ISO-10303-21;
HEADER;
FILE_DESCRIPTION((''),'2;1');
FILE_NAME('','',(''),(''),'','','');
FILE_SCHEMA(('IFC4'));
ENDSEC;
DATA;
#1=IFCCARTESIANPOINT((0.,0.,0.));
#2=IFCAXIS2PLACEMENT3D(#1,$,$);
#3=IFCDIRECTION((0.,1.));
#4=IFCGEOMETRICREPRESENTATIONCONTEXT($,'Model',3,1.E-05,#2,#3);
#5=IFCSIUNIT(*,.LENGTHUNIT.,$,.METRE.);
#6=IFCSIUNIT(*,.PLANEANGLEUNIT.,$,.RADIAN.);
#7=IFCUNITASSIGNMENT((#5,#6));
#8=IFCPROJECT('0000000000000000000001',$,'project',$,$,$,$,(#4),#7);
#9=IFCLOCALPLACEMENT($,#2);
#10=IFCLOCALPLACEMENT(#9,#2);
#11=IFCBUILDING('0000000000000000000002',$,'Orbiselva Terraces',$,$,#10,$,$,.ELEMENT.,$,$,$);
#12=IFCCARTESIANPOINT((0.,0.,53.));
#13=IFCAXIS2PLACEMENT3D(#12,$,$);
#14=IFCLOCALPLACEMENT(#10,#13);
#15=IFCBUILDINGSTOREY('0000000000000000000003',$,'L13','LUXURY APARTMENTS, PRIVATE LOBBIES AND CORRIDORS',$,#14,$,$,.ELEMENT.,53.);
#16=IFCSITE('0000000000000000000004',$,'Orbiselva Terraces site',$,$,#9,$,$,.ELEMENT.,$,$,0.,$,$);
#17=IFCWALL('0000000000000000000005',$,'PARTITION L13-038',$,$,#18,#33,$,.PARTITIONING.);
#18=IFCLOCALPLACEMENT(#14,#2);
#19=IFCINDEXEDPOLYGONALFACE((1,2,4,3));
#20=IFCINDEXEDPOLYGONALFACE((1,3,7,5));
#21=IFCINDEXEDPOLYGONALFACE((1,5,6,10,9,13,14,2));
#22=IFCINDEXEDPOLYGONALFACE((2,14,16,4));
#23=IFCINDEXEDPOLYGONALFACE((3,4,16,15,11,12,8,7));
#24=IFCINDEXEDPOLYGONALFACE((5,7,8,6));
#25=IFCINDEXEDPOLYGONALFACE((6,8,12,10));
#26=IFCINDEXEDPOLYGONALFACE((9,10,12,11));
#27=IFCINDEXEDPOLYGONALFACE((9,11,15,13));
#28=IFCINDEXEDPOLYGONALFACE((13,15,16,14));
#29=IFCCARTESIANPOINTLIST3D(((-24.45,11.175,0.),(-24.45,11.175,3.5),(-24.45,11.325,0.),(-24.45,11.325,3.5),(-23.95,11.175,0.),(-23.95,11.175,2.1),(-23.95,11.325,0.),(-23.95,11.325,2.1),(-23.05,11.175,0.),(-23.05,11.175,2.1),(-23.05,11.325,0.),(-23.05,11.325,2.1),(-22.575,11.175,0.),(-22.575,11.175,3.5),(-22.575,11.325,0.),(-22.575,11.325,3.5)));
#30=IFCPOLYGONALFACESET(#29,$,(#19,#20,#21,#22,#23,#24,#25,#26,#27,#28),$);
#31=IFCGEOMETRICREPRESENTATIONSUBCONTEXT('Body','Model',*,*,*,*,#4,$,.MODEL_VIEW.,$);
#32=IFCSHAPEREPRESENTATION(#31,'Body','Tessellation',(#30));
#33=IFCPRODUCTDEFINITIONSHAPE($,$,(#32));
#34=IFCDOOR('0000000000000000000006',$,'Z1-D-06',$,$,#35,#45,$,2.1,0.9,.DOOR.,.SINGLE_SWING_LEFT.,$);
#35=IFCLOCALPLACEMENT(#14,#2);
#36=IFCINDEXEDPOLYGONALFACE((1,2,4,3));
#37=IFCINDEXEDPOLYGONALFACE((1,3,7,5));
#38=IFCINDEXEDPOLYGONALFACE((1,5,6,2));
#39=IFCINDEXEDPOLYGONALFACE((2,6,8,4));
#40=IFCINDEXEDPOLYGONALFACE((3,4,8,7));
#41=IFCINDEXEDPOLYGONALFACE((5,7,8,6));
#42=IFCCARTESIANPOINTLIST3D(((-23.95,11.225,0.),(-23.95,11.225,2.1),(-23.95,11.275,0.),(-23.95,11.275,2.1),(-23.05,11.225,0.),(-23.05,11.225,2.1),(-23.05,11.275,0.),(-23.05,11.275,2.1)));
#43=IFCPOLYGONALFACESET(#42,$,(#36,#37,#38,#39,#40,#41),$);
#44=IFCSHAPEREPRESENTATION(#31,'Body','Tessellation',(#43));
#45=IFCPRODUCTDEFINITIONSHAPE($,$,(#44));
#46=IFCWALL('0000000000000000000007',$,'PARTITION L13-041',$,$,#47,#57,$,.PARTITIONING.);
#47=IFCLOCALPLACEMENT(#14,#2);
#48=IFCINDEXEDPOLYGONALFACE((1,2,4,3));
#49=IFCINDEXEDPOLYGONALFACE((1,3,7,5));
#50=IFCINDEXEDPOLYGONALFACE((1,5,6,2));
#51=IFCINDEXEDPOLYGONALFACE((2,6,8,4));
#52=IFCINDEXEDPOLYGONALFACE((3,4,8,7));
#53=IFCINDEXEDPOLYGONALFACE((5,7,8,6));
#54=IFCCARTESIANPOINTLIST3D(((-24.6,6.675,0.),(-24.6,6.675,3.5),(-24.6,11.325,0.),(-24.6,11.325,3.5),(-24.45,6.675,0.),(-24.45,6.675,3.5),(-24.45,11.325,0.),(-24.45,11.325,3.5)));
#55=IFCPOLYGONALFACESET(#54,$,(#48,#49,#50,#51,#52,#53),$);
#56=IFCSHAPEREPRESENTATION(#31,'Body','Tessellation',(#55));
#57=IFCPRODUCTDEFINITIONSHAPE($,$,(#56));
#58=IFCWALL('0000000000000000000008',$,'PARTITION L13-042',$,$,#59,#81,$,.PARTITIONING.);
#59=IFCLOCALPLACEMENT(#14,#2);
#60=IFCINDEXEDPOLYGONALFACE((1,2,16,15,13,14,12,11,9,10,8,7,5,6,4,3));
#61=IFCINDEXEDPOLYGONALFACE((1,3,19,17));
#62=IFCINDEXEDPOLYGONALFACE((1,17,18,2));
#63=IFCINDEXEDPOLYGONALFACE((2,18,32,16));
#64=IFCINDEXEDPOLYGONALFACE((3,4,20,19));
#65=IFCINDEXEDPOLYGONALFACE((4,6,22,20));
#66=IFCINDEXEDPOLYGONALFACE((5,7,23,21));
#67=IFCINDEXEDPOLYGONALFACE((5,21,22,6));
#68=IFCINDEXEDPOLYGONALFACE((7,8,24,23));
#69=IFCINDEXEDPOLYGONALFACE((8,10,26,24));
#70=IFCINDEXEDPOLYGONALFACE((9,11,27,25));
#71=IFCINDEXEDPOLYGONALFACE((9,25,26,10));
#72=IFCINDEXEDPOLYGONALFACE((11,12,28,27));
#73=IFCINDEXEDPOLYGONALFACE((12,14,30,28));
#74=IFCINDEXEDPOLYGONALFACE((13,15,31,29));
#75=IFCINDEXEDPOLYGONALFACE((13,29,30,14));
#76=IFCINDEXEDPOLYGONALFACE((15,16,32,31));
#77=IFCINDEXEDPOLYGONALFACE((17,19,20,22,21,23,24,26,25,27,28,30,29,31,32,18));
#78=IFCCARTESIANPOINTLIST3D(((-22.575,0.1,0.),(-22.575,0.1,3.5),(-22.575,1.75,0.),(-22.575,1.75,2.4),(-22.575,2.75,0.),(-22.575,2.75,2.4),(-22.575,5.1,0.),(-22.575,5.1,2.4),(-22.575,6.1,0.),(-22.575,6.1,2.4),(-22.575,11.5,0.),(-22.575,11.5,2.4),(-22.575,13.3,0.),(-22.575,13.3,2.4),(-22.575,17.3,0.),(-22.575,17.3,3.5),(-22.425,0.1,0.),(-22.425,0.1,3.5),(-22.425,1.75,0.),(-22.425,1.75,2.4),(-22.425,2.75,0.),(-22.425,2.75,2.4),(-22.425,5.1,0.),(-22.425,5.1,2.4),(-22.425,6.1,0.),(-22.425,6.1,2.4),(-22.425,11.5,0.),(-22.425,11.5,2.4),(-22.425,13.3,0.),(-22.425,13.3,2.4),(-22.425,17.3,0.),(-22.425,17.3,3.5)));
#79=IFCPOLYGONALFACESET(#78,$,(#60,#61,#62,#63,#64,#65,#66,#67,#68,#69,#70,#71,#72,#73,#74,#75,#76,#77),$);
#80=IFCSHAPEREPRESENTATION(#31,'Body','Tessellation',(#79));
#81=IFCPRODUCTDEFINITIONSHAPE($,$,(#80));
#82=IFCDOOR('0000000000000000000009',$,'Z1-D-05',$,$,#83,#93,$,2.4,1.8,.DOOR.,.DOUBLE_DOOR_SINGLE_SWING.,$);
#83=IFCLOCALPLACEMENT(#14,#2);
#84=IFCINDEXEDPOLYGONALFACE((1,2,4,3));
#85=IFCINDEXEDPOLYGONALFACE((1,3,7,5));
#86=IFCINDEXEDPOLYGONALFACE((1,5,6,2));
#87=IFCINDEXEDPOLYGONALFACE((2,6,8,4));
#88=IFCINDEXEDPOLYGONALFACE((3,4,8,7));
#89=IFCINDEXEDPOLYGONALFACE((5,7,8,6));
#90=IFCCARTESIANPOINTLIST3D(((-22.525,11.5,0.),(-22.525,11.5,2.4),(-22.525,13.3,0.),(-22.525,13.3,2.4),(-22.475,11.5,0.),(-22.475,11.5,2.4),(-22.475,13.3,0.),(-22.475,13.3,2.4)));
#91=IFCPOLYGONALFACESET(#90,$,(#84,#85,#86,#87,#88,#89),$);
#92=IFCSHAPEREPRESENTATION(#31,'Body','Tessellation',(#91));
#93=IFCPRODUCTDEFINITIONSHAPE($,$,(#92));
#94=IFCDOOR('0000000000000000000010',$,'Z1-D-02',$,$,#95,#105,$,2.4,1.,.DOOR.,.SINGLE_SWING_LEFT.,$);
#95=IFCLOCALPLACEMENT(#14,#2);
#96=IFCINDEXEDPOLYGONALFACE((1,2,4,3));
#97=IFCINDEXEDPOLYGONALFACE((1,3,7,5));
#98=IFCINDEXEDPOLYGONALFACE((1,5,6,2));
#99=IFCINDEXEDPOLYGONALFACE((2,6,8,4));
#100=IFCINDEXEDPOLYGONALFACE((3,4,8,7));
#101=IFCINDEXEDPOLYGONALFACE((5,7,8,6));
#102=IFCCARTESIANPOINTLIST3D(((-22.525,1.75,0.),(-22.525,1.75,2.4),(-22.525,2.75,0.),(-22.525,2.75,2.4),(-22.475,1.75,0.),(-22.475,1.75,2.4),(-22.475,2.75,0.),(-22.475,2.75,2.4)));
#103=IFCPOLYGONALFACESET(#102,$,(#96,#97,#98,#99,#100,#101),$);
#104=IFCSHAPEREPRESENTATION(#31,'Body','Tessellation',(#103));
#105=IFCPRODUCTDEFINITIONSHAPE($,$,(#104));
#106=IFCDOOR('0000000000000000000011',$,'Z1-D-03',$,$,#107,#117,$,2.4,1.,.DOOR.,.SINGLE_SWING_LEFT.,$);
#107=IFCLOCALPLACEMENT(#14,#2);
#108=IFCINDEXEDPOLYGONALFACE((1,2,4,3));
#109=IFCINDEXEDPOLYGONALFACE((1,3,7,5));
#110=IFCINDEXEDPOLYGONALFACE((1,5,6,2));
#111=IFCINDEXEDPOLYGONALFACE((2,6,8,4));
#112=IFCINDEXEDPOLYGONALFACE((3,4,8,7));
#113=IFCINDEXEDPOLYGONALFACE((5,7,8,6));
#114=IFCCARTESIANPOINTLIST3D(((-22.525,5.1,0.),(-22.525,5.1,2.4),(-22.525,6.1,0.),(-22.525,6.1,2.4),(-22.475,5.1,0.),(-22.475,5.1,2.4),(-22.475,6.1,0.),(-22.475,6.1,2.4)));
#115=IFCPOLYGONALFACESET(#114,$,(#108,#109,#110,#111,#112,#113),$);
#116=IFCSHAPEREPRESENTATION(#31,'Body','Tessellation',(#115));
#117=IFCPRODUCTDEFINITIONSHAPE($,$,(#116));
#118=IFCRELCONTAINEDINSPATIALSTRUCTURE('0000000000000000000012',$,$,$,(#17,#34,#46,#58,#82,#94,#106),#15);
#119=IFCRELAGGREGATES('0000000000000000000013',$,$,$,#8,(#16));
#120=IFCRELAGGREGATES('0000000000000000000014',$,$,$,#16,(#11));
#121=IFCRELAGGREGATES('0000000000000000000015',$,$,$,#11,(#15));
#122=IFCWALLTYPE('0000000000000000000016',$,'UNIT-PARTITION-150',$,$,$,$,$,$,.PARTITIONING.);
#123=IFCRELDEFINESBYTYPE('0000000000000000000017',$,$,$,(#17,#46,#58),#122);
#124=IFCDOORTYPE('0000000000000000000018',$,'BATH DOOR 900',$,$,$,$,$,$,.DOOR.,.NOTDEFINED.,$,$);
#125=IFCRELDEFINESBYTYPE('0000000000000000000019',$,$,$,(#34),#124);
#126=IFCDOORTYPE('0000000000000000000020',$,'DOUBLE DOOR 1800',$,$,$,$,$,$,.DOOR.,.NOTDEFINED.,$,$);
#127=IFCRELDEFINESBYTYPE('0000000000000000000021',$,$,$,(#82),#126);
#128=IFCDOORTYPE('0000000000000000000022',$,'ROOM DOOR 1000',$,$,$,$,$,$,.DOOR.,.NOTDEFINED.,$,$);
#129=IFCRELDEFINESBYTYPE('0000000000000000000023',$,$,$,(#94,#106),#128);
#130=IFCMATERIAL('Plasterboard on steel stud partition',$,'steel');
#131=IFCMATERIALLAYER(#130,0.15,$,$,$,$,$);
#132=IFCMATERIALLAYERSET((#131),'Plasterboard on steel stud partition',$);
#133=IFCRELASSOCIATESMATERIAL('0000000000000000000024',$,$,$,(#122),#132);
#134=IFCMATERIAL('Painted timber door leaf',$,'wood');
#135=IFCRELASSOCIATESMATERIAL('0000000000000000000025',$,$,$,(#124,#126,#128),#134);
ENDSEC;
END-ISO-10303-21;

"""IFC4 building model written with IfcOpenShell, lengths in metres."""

from ifc_helpers import new_model, si_unit, direction, frame, frame_2d, origin, place, context, subcontext, project, spatial, rectangle, extrude, material, layer, layer_set, type_object, element, fill, save


model = new_model("IFC4")

# Units and contexts
model_context = context("Model", 3, precision=1e-05, world=origin(), true_north=direction((0.0, 1.0)))
body_context = subcontext(model_context, "Body", "Model", "MODEL_VIEW")
ifc_project = project(units=[si_unit("LENGTHUNIT", "METRE"), si_unit("PLANEANGLEUNIT", "RADIAN")], contexts=[model_context])

# Site, building, storey
site_placement = place(None, origin())
site = spatial("IfcSite", under=ifc_project, at=site_placement, Name="Orbiselva Terraces site", CompositionType="ELEMENT", RefElevation=0.0)
building_placement = place(site_placement, origin())
building = spatial("IfcBuilding", under=site, at=building_placement, Name="Orbiselva Terraces", CompositionType="ELEMENT")
storey_placement = place(building_placement, frame((0.0, 0.0, 53.0)))
storey = spatial("IfcBuildingStorey", under=building, at=storey_placement, Name="L13", Description="LUXURY APARTMENTS, PRIVATE LOBBIES AND CORRIDORS", CompositionType="ELEMENT", Elevation=53.0)

# Shared definitions
ifc_material_1 = material(Name="Plasterboard on steel stud partition", Category="steel")
ifc_layer_1 = layer(ifc_material_1, 0.15)
ifc_layer_set_1 = layer_set([ifc_layer_1], Name="Plasterboard on steel stud partition")
wall_type_1 = type_object("IfcWallType", Name="UNIT-PARTITION-150", PredefinedType="PARTITIONING", material=ifc_layer_set_1)

# Shared definitions
ifc_material_2 = material(Name="Painted timber door leaf", Category="wood")
door_type_1 = type_object("IfcDoorType", Name="BATH DOOR 900", OperationType="NOTDEFINED", PredefinedType="DOOR", material=ifc_material_2)

# Wall, opening, door
wall_1_placement = place(storey_placement, frame((-22.575, 11.25, 0.0), z_axis=(0.0, 0.0, 1.0), x_axis=(-1.0, 0.0, 0.0)))
wall_1 = element("IfcWall", 1, at=wall_1_placement, inside=storey, type_object=wall_type_1, Name="PARTITION L13-038", PredefinedType="PARTITIONING", context=body_context, shape_type="SweptSolid", body=[
    extrude(rectangle(XDim=1.875, YDim=0.15, at=frame_2d((0.9375, 0.0))), origin(), (0.0, 0.0, 1.0), 3.5),
])
opening_1_placement = place(wall_1_placement, frame((0.475, 0.0, 0.0)))
opening_1 = element("IfcOpeningElement", 2, at=opening_1_placement, cuts=wall_1, PredefinedType="OPENING", context=body_context, shape_type="SweptSolid", body=[
    extrude(rectangle(XDim=0.9, YDim=2.1, at=frame_2d((0.45, 1.05))), frame((0.0, 0.085, 0.0), z_axis=(0.0, -1.0, 0.0), x_axis=(1.0, 0.0, 0.0)), (0.0, 0.0, 1.0), 0.17),
])
door_1_placement = place(opening_1_placement, origin())
door_1 = element("IfcDoor", 3, at=door_1_placement, inside=storey, type_object=door_type_1, Name="Z1-D-06", OperationType="SINGLE_SWING_LEFT", OverallHeight=2.1, OverallWidth=0.9, PredefinedType="DOOR", context=body_context, shape_type="SweptSolid", body=[
    extrude(rectangle(XDim=0.9, YDim=2.1, at=frame_2d((0.45, 1.05))), frame((0.0, 0.025, 0.0), z_axis=(0.0, -1.0, 0.0), x_axis=(1.0, 0.0, 0.0)), (0.0, 0.0, 1.0), 0.05),
])
fill(opening_1, door_1)

# Wall
wall_2_placement = place(storey_placement, frame((-24.525, 6.675, 0.0), z_axis=(0.0, 0.0, 1.0), x_axis=(0.0, 1.0, 0.0)))
element("IfcWall", 4, at=wall_2_placement, inside=storey, type_object=wall_type_1, Name="PARTITION L13-041", PredefinedType="PARTITIONING", context=body_context, shape_type="SweptSolid", body=[
    extrude(rectangle(XDim=4.65, YDim=0.15, at=frame_2d((2.325, 0.0))), origin(), (0.0, 0.0, 1.0), 3.5),
])

# Wall, openings, doors
wall_3_placement = place(storey_placement, frame((-22.5, 0.1, 0.0), z_axis=(0.0, 0.0, 1.0), x_axis=(0.0, 1.0, 0.0)))
wall_3 = element("IfcWall", 5, at=wall_3_placement, inside=storey, type_object=wall_type_1, Name="PARTITION L13-042", PredefinedType="PARTITIONING", context=body_context, shape_type="SweptSolid", body=[
    extrude(rectangle(XDim=17.2, YDim=0.15, at=frame_2d((8.6, 0.0))), origin(), (0.0, 0.0, 1.0), 3.5),
])
opening_2_placement = place(wall_3_placement, frame((1.65, 0.0, 0.0)))
opening_2 = element("IfcOpeningElement", 6, at=opening_2_placement, cuts=wall_3, PredefinedType="OPENING", context=body_context, shape_type="SweptSolid", body=[
    extrude(rectangle(XDim=1.0, YDim=2.4, at=frame_2d((0.5, 1.2))), frame((0.0, 0.085, 0.0), z_axis=(0.0, -1.0, 0.0), x_axis=(1.0, 0.0, 0.0)), (0.0, 0.0, 1.0), 0.17),
])
opening_3_placement = place(wall_3_placement, frame((5.0, 0.0, 0.0)))
opening_3 = element("IfcOpeningElement", 7, at=opening_3_placement, cuts=wall_3, PredefinedType="OPENING", context=body_context, shape_type="SweptSolid", body=[
    extrude(rectangle(XDim=1.0, YDim=2.4, at=frame_2d((0.5, 1.2))), frame((0.0, 0.085, 0.0), z_axis=(0.0, -1.0, 0.0), x_axis=(1.0, 0.0, 0.0)), (0.0, 0.0, 1.0), 0.17),
])
opening_4_placement = place(wall_3_placement, frame((11.4, 0.0, 0.0)))
opening_4 = element("IfcOpeningElement", 8, at=opening_4_placement, cuts=wall_3, PredefinedType="OPENING", context=body_context, shape_type="SweptSolid", body=[
    extrude(rectangle(XDim=1.8, YDim=2.4, at=frame_2d((0.9, 1.2))), frame((0.0, 0.085, 0.0), z_axis=(0.0, -1.0, 0.0), x_axis=(1.0, 0.0, 0.0)), (0.0, 0.0, 1.0), 0.17),
])
door_type_2 = type_object("IfcDoorType", Name="DOUBLE DOOR 1800", OperationType="NOTDEFINED", PredefinedType="DOOR", material=ifc_material_2)
door_2_placement = place(opening_4_placement, origin())
door_2 = element("IfcDoor", 9, at=door_2_placement, inside=storey, type_object=door_type_2, Name="Z1-D-05", OperationType="DOUBLE_DOOR_SINGLE_SWING", OverallHeight=2.4, OverallWidth=1.8, PredefinedType="DOOR", context=body_context, shape_type="SweptSolid", body=[
    extrude(rectangle(XDim=1.8, YDim=2.4, at=frame_2d((0.9, 1.2))), frame((0.0, 0.025, 0.0), z_axis=(0.0, -1.0, 0.0), x_axis=(1.0, 0.0, 0.0)), (0.0, 0.0, 1.0), 0.05),
])
fill(opening_4, door_2)
door_type_3 = type_object("IfcDoorType", Name="ROOM DOOR 1000", OperationType="NOTDEFINED", PredefinedType="DOOR", material=ifc_material_2)
door_3_placement = place(opening_2_placement, origin())
door_3 = element("IfcDoor", 10, at=door_3_placement, inside=storey, type_object=door_type_3, Name="Z1-D-02", OperationType="SINGLE_SWING_LEFT", OverallHeight=2.4, OverallWidth=1.0, PredefinedType="DOOR", context=body_context, shape_type="SweptSolid", body=[
    extrude(rectangle(XDim=1.0, YDim=2.4, at=frame_2d((0.5, 1.2))), frame((0.0, 0.025, 0.0), z_axis=(0.0, -1.0, 0.0), x_axis=(1.0, 0.0, 0.0)), (0.0, 0.0, 1.0), 0.05),
])
fill(opening_2, door_3)
door_4_placement = place(opening_3_placement, origin())
door_4 = element("IfcDoor", 11, at=door_4_placement, inside=storey, type_object=door_type_3, Name="Z1-D-03", OperationType="SINGLE_SWING_LEFT", OverallHeight=2.4, OverallWidth=1.0, PredefinedType="DOOR", context=body_context, shape_type="SweptSolid", body=[
    extrude(rectangle(XDim=1.0, YDim=2.4, at=frame_2d((0.5, 1.2))), frame((0.0, 0.025, 0.0), z_axis=(0.0, -1.0, 0.0), x_axis=(1.0, 0.0, 0.0)), (0.0, 0.0, 1.0), 0.05),
])
fill(opening_3, door_4)

save(model, "model.ifc")
